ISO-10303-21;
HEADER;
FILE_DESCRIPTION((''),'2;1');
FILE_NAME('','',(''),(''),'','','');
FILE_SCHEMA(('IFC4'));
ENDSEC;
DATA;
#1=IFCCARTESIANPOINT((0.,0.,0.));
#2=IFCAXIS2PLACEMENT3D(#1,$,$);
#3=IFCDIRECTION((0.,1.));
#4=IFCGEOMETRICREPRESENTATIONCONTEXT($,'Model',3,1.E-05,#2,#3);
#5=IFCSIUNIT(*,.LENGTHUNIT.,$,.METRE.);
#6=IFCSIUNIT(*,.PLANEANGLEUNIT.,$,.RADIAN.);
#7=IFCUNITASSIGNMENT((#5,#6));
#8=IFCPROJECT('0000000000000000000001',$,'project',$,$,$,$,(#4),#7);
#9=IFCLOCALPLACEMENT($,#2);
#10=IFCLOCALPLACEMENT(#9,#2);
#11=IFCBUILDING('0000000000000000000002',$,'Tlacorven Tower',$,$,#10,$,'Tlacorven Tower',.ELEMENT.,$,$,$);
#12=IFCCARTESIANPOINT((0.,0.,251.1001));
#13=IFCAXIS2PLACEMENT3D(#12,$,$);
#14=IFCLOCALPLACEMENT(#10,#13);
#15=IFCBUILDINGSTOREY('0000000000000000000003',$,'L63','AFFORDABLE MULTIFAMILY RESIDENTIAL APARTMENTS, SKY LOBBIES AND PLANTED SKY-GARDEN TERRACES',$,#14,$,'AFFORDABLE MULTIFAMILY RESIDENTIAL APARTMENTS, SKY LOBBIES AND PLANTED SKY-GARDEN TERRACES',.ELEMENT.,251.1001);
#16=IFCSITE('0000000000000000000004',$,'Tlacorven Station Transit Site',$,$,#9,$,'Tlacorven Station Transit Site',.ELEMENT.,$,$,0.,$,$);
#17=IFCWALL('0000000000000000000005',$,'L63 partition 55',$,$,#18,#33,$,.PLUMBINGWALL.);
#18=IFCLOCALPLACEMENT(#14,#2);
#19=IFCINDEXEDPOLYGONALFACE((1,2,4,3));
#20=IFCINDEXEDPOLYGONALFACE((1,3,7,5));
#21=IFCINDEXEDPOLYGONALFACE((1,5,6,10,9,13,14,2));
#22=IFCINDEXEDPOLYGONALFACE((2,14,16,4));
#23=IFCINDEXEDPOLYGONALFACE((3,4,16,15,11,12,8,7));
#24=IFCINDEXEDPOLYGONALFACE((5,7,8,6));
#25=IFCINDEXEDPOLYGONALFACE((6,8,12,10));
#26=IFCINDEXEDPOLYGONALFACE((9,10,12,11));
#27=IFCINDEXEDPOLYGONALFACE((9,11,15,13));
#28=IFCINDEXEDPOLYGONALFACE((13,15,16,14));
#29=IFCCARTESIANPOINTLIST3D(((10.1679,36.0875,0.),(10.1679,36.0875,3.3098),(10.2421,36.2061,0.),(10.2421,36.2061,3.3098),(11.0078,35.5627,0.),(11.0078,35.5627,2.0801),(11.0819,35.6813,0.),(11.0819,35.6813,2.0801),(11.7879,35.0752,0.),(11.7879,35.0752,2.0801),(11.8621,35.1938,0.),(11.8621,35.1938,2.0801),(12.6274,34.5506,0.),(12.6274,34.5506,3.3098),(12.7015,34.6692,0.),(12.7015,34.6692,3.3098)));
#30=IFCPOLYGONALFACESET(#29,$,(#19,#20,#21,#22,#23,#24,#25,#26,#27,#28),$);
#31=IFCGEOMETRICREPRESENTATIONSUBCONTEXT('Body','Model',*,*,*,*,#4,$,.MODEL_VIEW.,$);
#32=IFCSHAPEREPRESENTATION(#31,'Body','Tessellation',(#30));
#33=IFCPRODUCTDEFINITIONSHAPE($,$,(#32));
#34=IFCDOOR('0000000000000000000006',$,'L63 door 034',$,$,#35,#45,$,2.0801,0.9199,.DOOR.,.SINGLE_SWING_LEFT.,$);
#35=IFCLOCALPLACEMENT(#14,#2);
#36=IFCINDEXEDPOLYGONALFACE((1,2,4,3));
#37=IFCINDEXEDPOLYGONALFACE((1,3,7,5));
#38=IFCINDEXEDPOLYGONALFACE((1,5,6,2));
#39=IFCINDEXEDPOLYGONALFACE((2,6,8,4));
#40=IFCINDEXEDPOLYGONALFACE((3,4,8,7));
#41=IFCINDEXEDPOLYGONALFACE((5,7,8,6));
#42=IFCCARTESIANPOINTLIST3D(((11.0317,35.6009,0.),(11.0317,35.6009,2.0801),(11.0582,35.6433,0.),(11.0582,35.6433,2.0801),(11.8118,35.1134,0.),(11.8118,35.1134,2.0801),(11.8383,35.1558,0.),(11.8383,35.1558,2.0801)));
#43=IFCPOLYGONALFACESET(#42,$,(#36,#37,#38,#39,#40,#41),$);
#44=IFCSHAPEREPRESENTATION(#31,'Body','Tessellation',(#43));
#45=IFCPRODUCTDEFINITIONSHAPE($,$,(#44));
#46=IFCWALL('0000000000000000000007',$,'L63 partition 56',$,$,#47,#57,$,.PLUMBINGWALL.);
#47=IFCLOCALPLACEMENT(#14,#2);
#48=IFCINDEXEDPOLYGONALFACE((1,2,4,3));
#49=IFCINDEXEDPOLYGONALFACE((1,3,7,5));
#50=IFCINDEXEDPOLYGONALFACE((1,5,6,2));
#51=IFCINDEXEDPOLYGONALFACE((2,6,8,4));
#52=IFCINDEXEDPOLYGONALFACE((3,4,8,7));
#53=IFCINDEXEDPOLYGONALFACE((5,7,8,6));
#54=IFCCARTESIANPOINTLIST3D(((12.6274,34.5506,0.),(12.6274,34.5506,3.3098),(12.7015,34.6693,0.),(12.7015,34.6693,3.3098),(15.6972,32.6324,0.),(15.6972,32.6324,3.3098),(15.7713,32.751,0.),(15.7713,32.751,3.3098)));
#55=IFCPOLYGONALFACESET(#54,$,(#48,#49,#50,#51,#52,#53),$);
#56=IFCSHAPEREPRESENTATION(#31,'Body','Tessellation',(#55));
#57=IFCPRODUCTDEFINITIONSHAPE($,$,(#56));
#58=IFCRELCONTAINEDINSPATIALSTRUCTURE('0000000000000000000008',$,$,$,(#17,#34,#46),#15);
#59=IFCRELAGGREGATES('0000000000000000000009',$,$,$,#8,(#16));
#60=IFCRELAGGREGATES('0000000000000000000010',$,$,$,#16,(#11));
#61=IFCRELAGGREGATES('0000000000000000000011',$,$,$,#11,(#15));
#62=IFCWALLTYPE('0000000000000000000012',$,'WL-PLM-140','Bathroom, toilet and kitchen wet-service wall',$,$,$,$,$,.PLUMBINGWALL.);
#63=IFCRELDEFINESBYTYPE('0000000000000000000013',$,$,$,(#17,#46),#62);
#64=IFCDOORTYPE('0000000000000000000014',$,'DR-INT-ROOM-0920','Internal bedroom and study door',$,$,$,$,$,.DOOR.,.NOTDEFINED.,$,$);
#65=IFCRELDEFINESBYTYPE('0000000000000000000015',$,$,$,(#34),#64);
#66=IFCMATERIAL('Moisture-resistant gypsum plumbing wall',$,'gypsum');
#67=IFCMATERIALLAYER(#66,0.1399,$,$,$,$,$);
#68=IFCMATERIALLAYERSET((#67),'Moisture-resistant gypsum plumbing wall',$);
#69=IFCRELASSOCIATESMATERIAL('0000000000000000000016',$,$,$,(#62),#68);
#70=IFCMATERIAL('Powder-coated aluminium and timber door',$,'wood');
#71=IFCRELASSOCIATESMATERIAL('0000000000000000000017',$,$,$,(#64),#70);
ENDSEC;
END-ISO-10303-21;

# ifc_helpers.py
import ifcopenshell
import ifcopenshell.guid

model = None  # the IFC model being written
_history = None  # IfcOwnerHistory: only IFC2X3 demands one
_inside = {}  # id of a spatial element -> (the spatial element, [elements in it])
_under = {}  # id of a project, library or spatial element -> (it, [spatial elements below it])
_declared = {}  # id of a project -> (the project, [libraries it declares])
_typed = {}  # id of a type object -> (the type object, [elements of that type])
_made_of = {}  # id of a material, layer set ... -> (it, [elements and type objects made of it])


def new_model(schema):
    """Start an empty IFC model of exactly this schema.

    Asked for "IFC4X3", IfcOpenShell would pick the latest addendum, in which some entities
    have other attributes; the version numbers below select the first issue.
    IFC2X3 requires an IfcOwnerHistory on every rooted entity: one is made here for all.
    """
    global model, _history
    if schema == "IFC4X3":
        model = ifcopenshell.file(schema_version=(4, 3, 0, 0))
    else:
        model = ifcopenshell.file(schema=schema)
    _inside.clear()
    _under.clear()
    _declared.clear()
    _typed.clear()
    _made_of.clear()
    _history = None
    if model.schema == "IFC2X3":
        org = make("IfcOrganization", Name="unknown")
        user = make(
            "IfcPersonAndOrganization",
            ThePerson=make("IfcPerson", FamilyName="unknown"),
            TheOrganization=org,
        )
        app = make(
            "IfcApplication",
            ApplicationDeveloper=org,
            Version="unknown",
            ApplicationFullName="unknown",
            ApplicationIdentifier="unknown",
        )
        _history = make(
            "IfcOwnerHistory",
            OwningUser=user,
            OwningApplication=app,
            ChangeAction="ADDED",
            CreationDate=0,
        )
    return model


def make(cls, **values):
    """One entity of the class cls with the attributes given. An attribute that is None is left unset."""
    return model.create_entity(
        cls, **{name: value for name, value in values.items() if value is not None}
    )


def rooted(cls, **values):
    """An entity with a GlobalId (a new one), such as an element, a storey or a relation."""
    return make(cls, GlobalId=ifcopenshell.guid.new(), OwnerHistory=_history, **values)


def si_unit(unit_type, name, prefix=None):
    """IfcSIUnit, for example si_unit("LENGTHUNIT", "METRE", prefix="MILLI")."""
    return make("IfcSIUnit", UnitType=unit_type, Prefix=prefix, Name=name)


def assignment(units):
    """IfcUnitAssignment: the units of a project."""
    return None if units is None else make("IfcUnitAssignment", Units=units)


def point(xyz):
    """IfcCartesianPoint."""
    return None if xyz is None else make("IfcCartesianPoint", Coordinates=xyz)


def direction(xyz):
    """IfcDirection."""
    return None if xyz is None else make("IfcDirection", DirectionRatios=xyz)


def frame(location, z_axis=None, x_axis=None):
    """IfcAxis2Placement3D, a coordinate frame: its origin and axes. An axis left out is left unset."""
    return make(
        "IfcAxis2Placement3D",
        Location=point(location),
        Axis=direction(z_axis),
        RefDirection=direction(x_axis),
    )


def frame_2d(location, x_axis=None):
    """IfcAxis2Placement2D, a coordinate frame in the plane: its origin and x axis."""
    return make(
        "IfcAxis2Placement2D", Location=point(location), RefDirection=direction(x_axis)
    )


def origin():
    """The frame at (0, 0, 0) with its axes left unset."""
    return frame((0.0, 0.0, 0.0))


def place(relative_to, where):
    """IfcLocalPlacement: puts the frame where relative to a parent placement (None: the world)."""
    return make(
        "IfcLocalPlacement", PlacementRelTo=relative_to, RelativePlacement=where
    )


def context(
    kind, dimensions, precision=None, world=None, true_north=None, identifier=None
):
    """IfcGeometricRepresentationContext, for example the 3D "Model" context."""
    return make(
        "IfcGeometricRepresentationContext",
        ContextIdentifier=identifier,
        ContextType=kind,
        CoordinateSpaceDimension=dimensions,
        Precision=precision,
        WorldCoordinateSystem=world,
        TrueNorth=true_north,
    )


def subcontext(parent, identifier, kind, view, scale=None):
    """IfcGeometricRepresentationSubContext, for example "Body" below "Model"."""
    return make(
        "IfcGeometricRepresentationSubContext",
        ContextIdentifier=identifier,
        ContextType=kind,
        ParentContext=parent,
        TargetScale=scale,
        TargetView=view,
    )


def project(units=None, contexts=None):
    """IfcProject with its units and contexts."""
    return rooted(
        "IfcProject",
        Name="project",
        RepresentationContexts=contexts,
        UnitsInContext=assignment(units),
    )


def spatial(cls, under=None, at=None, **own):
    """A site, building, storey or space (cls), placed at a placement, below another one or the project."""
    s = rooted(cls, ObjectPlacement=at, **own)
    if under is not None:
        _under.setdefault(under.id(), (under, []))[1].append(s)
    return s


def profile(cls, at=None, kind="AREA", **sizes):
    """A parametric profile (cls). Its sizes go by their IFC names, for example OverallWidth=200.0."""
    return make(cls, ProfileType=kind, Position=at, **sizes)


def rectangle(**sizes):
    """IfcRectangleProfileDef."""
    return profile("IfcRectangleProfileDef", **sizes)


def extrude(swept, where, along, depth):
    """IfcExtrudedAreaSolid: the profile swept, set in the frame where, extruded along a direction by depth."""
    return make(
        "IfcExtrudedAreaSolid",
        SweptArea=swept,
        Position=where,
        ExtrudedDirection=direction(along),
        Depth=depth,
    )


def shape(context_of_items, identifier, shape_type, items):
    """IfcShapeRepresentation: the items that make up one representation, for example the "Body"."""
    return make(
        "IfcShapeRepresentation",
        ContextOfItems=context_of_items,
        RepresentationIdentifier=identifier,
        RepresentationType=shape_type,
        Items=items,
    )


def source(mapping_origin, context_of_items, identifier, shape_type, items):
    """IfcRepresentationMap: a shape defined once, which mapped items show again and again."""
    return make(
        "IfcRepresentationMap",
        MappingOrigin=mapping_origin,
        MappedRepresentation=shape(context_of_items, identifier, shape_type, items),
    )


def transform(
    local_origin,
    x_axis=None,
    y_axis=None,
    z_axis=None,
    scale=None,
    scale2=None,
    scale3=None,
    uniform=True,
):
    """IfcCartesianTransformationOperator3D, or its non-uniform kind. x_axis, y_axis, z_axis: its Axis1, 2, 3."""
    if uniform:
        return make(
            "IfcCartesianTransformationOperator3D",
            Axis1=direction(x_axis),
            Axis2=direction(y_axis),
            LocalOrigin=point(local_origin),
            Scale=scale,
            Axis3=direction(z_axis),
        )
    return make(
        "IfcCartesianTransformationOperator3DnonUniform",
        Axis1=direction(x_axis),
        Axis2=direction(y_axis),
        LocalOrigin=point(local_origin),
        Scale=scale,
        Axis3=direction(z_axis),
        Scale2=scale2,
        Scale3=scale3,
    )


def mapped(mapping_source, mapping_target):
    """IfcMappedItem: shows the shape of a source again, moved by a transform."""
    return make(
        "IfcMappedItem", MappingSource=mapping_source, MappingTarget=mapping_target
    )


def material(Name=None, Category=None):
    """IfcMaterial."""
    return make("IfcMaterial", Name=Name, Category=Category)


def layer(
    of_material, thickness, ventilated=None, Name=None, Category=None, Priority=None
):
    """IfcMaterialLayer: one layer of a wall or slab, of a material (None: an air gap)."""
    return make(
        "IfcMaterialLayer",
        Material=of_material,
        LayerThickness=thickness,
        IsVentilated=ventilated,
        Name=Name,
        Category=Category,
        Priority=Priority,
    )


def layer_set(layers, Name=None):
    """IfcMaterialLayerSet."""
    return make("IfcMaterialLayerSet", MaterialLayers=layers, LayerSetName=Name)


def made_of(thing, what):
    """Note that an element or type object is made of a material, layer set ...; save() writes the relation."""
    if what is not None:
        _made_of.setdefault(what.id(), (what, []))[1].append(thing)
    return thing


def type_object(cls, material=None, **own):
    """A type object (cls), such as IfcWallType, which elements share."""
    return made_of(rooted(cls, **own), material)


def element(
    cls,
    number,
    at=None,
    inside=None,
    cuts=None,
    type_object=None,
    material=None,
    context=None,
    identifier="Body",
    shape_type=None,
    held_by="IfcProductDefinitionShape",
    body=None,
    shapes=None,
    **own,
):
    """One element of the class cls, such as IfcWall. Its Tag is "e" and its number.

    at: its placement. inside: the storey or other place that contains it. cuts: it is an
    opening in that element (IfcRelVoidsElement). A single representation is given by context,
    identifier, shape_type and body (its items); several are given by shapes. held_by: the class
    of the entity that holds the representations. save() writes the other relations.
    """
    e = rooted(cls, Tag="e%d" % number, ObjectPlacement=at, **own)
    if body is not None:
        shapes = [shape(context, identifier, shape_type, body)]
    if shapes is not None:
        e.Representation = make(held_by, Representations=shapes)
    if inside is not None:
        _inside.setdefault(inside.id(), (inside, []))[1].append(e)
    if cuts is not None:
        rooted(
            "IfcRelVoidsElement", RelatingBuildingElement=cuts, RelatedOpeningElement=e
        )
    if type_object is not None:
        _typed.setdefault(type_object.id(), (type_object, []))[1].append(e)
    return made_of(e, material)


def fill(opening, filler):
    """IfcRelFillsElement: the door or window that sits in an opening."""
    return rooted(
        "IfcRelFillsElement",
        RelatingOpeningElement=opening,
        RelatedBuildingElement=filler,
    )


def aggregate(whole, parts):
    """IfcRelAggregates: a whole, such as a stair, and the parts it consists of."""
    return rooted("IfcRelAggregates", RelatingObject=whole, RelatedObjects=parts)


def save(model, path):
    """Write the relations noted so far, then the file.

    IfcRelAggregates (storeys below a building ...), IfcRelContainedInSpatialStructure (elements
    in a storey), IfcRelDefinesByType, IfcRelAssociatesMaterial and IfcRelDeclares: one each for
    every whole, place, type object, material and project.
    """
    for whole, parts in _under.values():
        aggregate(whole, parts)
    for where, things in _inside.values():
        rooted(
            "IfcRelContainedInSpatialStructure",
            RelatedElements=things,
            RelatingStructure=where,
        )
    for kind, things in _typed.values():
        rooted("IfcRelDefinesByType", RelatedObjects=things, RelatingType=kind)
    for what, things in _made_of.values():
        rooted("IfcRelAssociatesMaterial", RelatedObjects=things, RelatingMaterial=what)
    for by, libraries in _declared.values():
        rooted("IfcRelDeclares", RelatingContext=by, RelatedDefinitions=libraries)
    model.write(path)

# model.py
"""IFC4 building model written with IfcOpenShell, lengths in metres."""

from ifc_helpers import new_model, si_unit, direction, frame, frame_2d, origin, place, context, subcontext, project, spatial, rectangle, extrude, source, transform, mapped, material, layer, layer_set, type_object, element, fill, save


model = new_model("IFC4")

# Units and contexts
model_context = context("Model", 3, precision=1e-05, world=origin(), true_north=direction((0.0, 1.0)))
body_context = subcontext(model_context, "Body", "Model", "MODEL_VIEW")
ifc_project = project(units=[si_unit("LENGTHUNIT", "METRE"), si_unit("PLANEANGLEUNIT", "RADIAN")], contexts=[model_context])

# Site, building, storey
site_placement = place(None, origin())
site = spatial("IfcSite", under=ifc_project, at=site_placement, Name="Tlacorven Station Transit Site", LongName="Tlacorven Station Transit Site", CompositionType="ELEMENT", RefElevation=0.0)
building_placement = place(site_placement, origin())
building = spatial("IfcBuilding", under=site, at=building_placement, Name="Tlacorven Tower", LongName="Tlacorven Tower", CompositionType="ELEMENT")
storey_placement = place(building_placement, frame((0.0, 0.0, 251.1001)))
storey = spatial("IfcBuildingStorey", under=building, at=storey_placement, Name="L63", Description="AFFORDABLE MULTIFAMILY RESIDENTIAL APARTMENTS, SKY LOBBIES AND PLANTED SKY-GARDEN TERRACES", LongName="AFFORDABLE MULTIFAMILY RESIDENTIAL APARTMENTS, SKY LOBBIES AND PLANTED SKY-GARDEN TERRACES", CompositionType="ELEMENT", Elevation=251.1001)

# Wall, opening, door
ifc_material_1 = material(Name="Moisture-resistant gypsum plumbing wall", Category="gypsum")
ifc_layer_1 = layer(ifc_material_1, 0.1399)
ifc_layer_set_1 = layer_set([ifc_layer_1], Name="Moisture-resistant gypsum plumbing wall")
wall_type_1 = type_object("IfcWallType", Name="WL-PLM-140", Description="Bathroom, toilet and kitchen wet-service wall", PredefinedType="PLUMBINGWALL", material=ifc_layer_set_1)
wall_1_placement = place(storey_placement, frame((12.6646, 34.6099, 0.0), z_axis=(0.0, 0.0, 1.0), x_axis=(-0.848046, 0.529923, 0.0)))
wall_1 = element("IfcWall", 1, at=wall_1_placement, inside=storey, type_object=wall_type_1, Name="L63 partition 55", PredefinedType="PLUMBINGWALL", context=body_context, shape_type="SweptSolid", body=[
    extrude(rectangle(XDim=2.9001, YDim=0.1399, at=frame_2d((1.4502, 0.0))), origin(), (0.0, 0.0, 1.0), 3.3098),
])
opening_placement = place(wall_1_placement, frame((0.99, 0.0, 0.0)))
opening = element("IfcOpeningElement", 2, at=opening_placement, cuts=wall_1, PredefinedType="OPENING", context=body_context, shape_type="SweptSolid", body=[
    extrude(rectangle(XDim=0.9199, YDim=2.0801, at=frame_2d((0.46, 1.04))), frame((0.0, 0.0801, 0.0), z_axis=(0.0, -1.0, 0.0), x_axis=(1.0, 0.0, 0.0)), (0.0, 0.0, 1.0), 0.1599),
])
ifc_material_2 = material(Name="Powder-coated aluminium and timber door", Category="wood")
door_type = type_object("IfcDoorType", Name="DR-INT-ROOM-0920", Description="Internal bedroom and study door", OperationType="NOTDEFINED", PredefinedType="DOOR", material=ifc_material_2)
shared_shape_1 = source(origin(), body_context, "Body", "SweptSolid", [
    extrude(rectangle(XDim=0.9199, YDim=2.0801, at=frame_2d((0.46, 1.04))), frame((0.0, 0.0249, 0.0), z_axis=(0.0, -1.0, 0.0), x_axis=(1.0, 0.0, 0.0)), (0.0, 0.0, 1.0), 0.05),
])
door_placement = place(opening_placement, origin())
door = element("IfcDoor", 3, at=door_placement, inside=storey, type_object=door_type, Name="L63 door 034", OperationType="SINGLE_SWING_LEFT", OverallHeight=2.0801, OverallWidth=0.9199, PredefinedType="DOOR", context=body_context, shape_type="MappedRepresentation", body=[
    mapped(shared_shape_1, transform((0.0, 0.0, 0.0), scale=1.0)),
])
fill(opening, door)

# Wall
wall_2_placement = place(storey_placement, frame((15.7344, 32.6917, 0.0), z_axis=(0.0, 0.0, 1.0), x_axis=(-0.848051, 0.529914, 0.0)))
element("IfcWall", 4, at=wall_2_placement, inside=storey, type_object=wall_type_1, Name="L63 partition 56", PredefinedType="PLUMBINGWALL", context=body_context, shape_type="SweptSolid", body=[
    extrude(rectangle(XDim=3.6199, YDim=0.1399, at=frame_2d((1.8101, 0.0))), origin(), (0.0, 0.0, 1.0), 3.3098),
])

save(model, "model.ifc")
